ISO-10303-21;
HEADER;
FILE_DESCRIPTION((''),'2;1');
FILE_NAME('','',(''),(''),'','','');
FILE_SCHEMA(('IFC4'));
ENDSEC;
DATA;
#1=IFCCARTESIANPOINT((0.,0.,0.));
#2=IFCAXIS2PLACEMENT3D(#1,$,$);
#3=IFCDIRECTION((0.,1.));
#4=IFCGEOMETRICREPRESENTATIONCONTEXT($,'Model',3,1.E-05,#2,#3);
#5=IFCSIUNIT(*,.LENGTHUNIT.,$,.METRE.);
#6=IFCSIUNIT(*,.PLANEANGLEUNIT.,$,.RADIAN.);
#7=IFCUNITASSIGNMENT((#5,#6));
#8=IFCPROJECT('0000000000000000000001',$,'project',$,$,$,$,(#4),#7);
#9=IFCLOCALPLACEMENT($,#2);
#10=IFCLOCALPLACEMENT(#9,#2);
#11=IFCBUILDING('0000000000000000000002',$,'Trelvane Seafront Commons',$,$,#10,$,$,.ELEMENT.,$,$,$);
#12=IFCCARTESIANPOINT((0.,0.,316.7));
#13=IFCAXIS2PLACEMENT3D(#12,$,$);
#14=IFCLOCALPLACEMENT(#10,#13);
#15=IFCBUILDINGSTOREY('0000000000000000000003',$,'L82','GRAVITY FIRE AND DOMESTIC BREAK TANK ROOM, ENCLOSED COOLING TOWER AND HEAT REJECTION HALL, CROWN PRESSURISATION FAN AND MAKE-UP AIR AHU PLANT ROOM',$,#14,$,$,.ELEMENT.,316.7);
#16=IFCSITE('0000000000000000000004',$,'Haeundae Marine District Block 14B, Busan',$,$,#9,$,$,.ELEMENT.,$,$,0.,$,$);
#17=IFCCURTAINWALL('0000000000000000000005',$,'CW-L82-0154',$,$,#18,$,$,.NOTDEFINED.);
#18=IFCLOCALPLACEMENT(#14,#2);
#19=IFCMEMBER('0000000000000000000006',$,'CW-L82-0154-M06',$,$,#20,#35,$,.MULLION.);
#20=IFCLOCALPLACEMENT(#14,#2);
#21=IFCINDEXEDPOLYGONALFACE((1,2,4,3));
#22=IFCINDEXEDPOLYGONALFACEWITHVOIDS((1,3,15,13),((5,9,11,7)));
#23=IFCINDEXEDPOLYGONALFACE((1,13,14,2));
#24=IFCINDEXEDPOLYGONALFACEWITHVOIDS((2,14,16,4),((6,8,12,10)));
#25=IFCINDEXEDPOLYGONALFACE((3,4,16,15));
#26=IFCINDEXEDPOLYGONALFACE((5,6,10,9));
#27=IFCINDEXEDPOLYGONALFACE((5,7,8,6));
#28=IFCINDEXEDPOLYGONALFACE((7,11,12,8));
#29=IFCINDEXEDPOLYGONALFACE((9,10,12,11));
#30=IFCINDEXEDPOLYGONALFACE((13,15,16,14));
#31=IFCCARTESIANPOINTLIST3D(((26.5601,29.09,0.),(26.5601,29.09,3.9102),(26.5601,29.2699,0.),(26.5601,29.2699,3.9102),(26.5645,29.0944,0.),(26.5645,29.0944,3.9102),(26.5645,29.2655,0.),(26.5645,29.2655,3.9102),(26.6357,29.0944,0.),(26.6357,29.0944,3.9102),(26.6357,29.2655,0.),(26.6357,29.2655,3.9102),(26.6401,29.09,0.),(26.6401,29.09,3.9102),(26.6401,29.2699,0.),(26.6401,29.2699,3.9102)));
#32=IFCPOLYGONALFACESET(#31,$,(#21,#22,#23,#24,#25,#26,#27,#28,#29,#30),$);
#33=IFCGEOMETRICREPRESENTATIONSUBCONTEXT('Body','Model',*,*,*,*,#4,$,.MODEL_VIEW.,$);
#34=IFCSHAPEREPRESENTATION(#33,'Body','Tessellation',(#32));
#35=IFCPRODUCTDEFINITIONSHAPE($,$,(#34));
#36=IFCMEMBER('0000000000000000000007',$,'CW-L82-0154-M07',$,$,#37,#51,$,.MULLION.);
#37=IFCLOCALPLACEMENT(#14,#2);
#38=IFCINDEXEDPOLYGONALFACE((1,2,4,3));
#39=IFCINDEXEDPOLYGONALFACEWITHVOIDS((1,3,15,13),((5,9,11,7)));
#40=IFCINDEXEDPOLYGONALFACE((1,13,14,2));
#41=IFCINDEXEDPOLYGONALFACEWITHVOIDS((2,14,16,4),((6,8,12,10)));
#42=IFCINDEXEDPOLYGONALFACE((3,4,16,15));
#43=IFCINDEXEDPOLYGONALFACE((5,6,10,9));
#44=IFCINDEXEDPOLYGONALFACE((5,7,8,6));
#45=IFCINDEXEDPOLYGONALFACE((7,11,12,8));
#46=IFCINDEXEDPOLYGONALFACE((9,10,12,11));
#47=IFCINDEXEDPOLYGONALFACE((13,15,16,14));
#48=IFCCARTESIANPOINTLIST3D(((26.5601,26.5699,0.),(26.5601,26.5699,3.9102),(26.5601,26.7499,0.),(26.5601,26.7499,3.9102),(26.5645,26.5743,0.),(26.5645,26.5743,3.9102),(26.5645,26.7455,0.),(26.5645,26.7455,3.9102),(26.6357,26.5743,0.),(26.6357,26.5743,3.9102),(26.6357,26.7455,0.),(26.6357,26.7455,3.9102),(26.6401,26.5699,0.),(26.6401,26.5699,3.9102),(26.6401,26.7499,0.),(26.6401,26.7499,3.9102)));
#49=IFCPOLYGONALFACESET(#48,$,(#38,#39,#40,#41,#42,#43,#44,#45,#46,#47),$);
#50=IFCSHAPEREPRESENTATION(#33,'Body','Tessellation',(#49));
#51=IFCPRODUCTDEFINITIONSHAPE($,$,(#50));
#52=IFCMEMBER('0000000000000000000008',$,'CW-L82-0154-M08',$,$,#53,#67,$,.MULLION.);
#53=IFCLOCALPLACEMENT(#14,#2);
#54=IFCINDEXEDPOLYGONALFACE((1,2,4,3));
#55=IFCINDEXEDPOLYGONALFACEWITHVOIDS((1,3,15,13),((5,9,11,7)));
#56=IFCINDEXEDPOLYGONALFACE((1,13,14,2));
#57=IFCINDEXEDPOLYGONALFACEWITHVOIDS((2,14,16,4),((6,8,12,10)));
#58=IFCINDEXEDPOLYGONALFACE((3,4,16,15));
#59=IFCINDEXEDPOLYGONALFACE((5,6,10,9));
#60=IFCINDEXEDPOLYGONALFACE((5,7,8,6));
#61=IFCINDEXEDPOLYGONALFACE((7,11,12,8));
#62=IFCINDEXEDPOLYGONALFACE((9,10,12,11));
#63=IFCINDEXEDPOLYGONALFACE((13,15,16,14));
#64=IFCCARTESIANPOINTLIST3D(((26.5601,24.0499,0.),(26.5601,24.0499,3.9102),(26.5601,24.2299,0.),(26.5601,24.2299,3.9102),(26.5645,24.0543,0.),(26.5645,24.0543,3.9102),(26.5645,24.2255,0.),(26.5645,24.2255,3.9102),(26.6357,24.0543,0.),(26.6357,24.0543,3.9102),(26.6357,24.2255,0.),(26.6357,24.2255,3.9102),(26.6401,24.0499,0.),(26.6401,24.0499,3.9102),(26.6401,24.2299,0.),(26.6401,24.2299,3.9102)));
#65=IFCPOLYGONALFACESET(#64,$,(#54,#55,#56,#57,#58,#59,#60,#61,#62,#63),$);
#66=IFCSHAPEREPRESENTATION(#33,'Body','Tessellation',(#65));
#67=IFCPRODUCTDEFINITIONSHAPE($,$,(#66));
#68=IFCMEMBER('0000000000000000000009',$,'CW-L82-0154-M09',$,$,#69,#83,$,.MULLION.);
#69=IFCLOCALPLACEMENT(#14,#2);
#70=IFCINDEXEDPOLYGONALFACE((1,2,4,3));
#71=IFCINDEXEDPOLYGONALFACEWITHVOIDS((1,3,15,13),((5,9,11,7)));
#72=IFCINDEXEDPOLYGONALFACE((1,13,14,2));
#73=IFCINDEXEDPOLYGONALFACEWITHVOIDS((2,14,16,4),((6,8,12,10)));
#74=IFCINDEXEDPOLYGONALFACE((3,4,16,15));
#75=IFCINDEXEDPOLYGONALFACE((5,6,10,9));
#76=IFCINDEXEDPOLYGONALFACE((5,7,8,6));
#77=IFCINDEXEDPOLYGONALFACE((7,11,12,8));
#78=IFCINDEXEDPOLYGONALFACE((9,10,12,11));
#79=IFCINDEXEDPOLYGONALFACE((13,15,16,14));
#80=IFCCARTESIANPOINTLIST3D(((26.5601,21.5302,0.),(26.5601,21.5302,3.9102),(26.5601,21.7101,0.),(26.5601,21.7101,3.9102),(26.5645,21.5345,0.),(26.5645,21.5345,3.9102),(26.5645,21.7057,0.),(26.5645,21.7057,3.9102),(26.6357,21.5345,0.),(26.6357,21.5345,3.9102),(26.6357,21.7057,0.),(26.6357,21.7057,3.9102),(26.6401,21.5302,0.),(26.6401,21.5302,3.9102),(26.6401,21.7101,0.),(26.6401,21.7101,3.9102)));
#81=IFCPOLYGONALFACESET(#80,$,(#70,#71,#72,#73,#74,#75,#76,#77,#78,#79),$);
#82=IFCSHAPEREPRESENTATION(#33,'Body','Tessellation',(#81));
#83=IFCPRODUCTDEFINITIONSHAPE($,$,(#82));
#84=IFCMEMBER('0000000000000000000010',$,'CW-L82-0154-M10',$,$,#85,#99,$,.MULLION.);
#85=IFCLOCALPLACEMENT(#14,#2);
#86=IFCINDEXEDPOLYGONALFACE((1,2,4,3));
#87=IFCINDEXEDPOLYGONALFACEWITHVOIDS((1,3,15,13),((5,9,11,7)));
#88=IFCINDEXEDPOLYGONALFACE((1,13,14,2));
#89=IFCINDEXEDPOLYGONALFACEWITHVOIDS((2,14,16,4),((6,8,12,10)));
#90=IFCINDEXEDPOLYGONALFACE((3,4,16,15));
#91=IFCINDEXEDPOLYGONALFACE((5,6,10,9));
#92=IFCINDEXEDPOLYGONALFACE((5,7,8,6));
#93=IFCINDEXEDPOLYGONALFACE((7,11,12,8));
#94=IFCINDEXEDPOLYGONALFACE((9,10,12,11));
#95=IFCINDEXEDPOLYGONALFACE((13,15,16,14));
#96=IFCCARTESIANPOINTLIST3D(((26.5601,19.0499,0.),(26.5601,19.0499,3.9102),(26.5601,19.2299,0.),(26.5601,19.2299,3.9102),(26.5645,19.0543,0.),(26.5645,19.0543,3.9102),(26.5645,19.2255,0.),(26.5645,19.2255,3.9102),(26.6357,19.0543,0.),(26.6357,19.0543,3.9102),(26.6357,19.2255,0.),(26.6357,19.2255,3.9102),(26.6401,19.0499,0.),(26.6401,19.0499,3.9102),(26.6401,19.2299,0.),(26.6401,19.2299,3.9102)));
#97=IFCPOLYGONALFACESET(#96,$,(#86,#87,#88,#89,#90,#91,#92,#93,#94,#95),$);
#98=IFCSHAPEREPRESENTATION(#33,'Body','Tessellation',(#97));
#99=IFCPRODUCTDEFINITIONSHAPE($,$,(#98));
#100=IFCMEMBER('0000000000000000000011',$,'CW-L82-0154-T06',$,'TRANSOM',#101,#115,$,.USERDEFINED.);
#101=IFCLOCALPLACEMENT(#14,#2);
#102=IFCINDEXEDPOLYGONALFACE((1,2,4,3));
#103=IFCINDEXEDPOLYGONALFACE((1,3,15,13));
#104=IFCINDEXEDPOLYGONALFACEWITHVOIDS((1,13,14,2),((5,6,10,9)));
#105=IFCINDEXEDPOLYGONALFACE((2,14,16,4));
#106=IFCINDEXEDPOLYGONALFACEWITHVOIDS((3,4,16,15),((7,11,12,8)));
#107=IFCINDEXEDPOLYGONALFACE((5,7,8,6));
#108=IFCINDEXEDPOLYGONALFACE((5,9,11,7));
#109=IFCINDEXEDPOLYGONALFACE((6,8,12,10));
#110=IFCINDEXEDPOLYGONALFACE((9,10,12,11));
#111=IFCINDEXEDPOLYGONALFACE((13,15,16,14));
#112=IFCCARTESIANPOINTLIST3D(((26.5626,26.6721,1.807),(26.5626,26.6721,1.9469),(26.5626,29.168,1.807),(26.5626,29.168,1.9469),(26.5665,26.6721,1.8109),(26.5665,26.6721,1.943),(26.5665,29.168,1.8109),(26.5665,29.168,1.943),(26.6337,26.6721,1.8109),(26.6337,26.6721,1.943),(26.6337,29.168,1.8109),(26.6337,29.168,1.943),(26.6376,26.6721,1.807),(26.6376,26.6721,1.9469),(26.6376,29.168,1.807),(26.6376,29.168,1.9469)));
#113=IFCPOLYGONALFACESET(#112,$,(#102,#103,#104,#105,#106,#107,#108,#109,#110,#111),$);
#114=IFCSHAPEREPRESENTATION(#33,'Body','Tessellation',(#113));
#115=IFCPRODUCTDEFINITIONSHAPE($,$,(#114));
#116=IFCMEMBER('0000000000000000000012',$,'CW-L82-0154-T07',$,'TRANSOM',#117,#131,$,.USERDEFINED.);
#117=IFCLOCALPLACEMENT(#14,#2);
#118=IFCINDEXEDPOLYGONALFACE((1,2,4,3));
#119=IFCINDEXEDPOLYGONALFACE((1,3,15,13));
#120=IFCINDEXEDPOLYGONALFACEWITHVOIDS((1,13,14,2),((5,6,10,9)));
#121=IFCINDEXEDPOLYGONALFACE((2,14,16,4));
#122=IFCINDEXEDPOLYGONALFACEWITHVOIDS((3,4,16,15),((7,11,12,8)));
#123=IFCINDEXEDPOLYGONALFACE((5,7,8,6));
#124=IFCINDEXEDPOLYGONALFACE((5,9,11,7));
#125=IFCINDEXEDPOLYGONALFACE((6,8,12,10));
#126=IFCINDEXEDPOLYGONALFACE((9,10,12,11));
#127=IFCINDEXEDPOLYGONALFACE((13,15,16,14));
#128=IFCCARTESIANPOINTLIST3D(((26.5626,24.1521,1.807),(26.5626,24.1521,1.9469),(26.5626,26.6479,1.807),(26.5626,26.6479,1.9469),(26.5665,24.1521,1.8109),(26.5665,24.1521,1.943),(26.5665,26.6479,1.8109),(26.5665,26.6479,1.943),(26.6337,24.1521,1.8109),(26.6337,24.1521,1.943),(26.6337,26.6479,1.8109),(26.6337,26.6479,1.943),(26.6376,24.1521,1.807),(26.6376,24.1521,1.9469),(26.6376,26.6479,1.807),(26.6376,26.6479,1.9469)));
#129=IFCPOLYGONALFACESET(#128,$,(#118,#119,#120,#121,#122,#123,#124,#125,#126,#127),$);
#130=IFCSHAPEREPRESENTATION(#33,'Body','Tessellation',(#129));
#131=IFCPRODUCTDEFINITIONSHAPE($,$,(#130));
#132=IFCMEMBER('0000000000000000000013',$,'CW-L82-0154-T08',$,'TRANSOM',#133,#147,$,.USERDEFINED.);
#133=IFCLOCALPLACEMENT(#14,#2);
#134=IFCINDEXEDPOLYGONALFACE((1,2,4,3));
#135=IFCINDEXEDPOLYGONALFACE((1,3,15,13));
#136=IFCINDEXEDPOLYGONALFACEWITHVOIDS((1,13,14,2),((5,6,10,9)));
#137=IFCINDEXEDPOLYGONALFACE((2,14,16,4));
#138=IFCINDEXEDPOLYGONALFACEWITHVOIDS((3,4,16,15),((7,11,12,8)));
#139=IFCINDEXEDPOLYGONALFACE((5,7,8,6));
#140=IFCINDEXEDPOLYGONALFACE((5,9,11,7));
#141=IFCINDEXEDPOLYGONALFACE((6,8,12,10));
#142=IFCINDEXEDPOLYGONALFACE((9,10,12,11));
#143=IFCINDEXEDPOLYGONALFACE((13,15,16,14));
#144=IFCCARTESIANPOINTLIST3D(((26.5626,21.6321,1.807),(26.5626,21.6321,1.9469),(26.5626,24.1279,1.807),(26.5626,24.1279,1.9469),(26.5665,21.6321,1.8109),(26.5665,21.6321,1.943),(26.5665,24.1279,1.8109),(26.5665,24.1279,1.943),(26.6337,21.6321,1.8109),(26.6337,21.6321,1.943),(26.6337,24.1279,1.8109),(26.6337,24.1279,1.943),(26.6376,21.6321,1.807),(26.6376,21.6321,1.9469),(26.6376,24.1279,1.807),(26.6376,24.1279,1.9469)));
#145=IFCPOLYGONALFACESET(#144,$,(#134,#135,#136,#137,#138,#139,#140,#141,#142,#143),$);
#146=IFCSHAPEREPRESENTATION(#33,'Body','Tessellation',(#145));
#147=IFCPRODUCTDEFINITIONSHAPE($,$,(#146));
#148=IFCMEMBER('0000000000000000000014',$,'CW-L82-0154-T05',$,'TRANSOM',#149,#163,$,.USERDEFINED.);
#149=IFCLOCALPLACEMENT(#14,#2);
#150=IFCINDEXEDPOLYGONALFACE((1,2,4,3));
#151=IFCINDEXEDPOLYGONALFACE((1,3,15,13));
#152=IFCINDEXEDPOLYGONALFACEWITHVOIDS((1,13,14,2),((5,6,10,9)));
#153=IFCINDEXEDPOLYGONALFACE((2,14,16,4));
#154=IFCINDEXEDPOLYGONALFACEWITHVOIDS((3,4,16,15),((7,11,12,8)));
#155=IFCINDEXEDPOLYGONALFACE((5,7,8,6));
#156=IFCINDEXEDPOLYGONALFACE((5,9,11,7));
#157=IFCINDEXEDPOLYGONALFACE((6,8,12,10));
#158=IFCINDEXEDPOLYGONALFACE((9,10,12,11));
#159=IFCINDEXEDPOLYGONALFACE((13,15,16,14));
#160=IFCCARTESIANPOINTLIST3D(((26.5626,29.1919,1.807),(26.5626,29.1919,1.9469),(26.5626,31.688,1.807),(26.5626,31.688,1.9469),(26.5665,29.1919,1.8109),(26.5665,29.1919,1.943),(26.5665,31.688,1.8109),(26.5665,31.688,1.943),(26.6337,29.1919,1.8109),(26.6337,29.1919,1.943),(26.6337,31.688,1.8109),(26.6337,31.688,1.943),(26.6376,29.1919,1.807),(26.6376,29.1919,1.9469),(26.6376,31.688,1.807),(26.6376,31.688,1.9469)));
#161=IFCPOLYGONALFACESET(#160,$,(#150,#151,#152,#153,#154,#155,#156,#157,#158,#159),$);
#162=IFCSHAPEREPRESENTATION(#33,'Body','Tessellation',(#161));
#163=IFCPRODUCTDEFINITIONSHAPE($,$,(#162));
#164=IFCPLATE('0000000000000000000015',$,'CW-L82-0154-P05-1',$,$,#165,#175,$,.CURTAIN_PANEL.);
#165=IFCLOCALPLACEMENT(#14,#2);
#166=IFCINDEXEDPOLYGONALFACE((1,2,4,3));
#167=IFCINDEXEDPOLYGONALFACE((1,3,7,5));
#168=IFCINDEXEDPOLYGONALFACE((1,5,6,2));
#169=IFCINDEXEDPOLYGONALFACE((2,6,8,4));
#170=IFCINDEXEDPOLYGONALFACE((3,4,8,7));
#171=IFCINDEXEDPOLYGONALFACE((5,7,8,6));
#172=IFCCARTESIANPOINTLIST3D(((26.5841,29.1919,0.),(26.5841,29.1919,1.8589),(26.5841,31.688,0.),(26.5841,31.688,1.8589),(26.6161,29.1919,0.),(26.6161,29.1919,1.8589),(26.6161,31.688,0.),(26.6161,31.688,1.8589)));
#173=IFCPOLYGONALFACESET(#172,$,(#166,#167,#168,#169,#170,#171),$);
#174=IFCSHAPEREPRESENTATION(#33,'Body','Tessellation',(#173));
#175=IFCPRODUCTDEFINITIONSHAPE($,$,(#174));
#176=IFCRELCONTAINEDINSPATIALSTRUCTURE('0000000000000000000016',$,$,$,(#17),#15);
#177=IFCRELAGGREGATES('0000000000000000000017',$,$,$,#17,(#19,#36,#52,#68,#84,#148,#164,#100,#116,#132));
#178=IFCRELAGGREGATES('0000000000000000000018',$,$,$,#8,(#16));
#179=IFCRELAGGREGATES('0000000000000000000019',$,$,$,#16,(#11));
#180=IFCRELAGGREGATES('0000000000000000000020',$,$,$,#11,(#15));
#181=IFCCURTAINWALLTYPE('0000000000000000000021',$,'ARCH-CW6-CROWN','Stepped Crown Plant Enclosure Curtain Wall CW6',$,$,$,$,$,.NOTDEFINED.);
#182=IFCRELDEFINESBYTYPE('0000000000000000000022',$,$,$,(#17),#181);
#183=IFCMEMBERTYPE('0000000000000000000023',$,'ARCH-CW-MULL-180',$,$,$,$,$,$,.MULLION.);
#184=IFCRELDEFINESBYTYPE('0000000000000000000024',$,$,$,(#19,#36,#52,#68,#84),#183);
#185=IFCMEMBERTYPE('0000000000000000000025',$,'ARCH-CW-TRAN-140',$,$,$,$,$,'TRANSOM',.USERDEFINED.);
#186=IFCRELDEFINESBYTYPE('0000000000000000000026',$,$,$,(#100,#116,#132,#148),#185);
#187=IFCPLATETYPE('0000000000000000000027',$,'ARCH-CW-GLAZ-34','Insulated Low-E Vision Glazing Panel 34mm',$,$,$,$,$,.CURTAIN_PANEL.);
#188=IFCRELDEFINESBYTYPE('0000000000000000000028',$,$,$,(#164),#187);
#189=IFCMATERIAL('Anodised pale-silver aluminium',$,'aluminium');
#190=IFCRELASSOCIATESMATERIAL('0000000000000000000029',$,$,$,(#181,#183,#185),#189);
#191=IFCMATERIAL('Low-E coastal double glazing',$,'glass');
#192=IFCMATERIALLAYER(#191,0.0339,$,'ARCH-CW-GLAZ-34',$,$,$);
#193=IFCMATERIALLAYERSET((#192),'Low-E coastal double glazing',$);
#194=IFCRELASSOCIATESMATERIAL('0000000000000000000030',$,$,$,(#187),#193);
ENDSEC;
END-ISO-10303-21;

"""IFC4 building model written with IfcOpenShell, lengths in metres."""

from ifc_helpers import new_model, si_unit, direction, frame, origin, origin_2d, place, context, subcontext, project, spatial, rectangle, hollow_rectangle, extrude, source, transform, mapped, material, layer, layer_set, material_profile, profile_set, type_object, element, aggregate, save


model = new_model("IFC4")

# Units and contexts
model_context = context("Model", 3, precision=1e-05, world=origin(), true_north=direction((0.0, 1.0)))
body_context = subcontext(model_context, "Body", "Model", "MODEL_VIEW")
ifc_project = project(units=[si_unit("LENGTHUNIT", "METRE"), si_unit("PLANEANGLEUNIT", "RADIAN")], contexts=[model_context])

# Site, building, storey
site_placement = place(None, origin())
site = spatial("IfcSite", under=ifc_project, at=site_placement, Name="Haeundae Marine District Block 14B, Busan", CompositionType="ELEMENT", RefElevation=0.0)
building_placement = place(site_placement, origin())
building = spatial("IfcBuilding", under=site, at=building_placement, Name="Trelvane Seafront Commons", CompositionType="ELEMENT")
storey_placement = place(building_placement, frame((0.0, 0.0, 316.7)))
storey = spatial("IfcBuildingStorey", under=building, at=storey_placement, Name="L82", Description="GRAVITY FIRE AND DOMESTIC BREAK TANK ROOM, ENCLOSED COOLING TOWER AND HEAT REJECTION HALL, CROWN PRESSURISATION FAN AND MAKE-UP AIR AHU PLANT ROOM", CompositionType="ELEMENT", Elevation=316.7)

# Curtain wall, members, plate
ifc_material_1 = material(Name="Anodised pale-silver aluminium", Category="aluminium")
curtain_wall_type = type_object("IfcCurtainWallType", Name="ARCH-CW6-CROWN", Description="Stepped Crown Plant Enclosure Curtain Wall CW6", PredefinedType="NOTDEFINED", material=ifc_material_1)
curtain_wall_placement = place(storey_placement, origin())
curtain_wall = element("IfcCurtainWall", 1, at=curtain_wall_placement, inside=storey, type_object=curtain_wall_type, Name="CW-L82-0154", PredefinedType="NOTDEFINED")
ifc_material_profile_1 = material_profile(ifc_material_1, hollow_rectangle(XDim=0.0801, YDim=0.1799, WallThickness=0.0044, at=origin_2d()), Name="MULL-80x180x4.5")
ifc_profile_set_1 = profile_set([ifc_material_profile_1], Name="Anodised pale-silver aluminium")
member_type_1 = type_object("IfcMemberType", Name="ARCH-CW-MULL-180", PredefinedType="MULLION", material=ifc_profile_set_1)
shared_shape_1 = source(origin(), body_context, "Body", "SweptSolid", [
    extrude(hollow_rectangle(XDim=0.0801, YDim=0.1799, WallThickness=0.0044, at=origin_2d()), origin(), (0.0, 0.0, 1.0), 3.9102),
])
member_1_placement = place(storey_placement, frame((26.6001, 29.1799, 0.0), z_axis=(0.0, 0.0, 1.0), x_axis=(1.0, 0.0, 0.0)))
member_1 = element("IfcMember", 2, at=member_1_placement, type_object=member_type_1, Name="CW-L82-0154-M06", PredefinedType="MULLION", context=body_context, shape_type="MappedRepresentation", body=[
    mapped(shared_shape_1, transform((0.0, 0.0, 0.0), x_axis=(1.0, 0.0, 0.0), y_axis=(0.0, 1.0, 0.0), z_axis=(0.0, 0.0, 1.0), scale=1.0)),
])
member_2_placement = place(storey_placement, frame((26.6001, 26.6599, 0.0), z_axis=(0.0, 0.0, 1.0), x_axis=(1.0, 0.0, 0.0)))
member_2 = element("IfcMember", 3, at=member_2_placement, type_object=member_type_1, Name="CW-L82-0154-M07", PredefinedType="MULLION", context=body_context, shape_type="MappedRepresentation", body=[
    mapped(shared_shape_1, transform((0.0, 0.0, 0.0), x_axis=(1.0, 0.0, 0.0), y_axis=(0.0, 1.0, 0.0), z_axis=(0.0, 0.0, 1.0), scale=1.0)),
])
member_3_placement = place(storey_placement, frame((26.6001, 24.1399, 0.0), z_axis=(0.0, 0.0, 1.0), x_axis=(1.0, 0.0, 0.0)))
member_3 = element("IfcMember", 4, at=member_3_placement, type_object=member_type_1, Name="CW-L82-0154-M08", PredefinedType="MULLION", context=body_context, shape_type="MappedRepresentation", body=[
    mapped(shared_shape_1, transform((0.0, 0.0, 0.0), x_axis=(1.0, 0.0, 0.0), y_axis=(0.0, 1.0, 0.0), z_axis=(0.0, 0.0, 1.0), scale=1.0)),
])
member_4_placement = place(storey_placement, frame((26.6001, 21.6201, 0.0), z_axis=(0.0, 0.0, 1.0), x_axis=(1.0, 0.0, 0.0)))
member_4 = element("IfcMember", 5, at=member_4_placement, type_object=member_type_1, Name="CW-L82-0154-M09", PredefinedType="MULLION", context=body_context, shape_type="MappedRepresentation", body=[
    mapped(shared_shape_1, transform((0.0, 0.0, 0.0), x_axis=(1.0, 0.0, 0.0), y_axis=(0.0, 1.0, 0.0), z_axis=(0.0, 0.0, 1.0), scale=1.0)),
])
member_5_placement = place(storey_placement, frame((26.6001, 19.1399, 0.0), z_axis=(0.0, 0.0, 1.0), x_axis=(1.0, 0.0, 0.0)))
member_5 = element("IfcMember", 6, at=member_5_placement, type_object=member_type_1, Name="CW-L82-0154-M10", PredefinedType="MULLION", context=body_context, shape_type="MappedRepresentation", body=[
    mapped(shared_shape_1, transform((0.0, 0.0, 0.0), x_axis=(1.0, 0.0, 0.0), y_axis=(0.0, 1.0, 0.0), z_axis=(0.0, 0.0, 1.0), scale=1.0)),
])
ifc_material_profile_2 = material_profile(ifc_material_1, hollow_rectangle(XDim=0.075, YDim=0.1399, WallThickness=0.0039, at=origin_2d()), Name="TRAN-75x140x4")
ifc_profile_set_2 = profile_set([ifc_material_profile_2], Name="Anodised pale-silver aluminium")
member_type_2 = type_object("IfcMemberType", Name="ARCH-CW-TRAN-140", ElementType="TRANSOM", PredefinedType="USERDEFINED", material=ifc_profile_set_2)
shared_shape_2 = source(origin(), body_context, "Body", "SweptSolid", [
    extrude(hollow_rectangle(XDim=0.075, YDim=0.1399, WallThickness=0.0039, at=origin_2d()), origin(), (0.0, 0.0, 1.0), 2.4958),
])
member_6_placement = place(storey_placement, frame((26.6001, 29.168, 1.877), z_axis=(0.0, -1.0, 0.0), x_axis=(1.0, 0.0, 0.0)))
member_6 = element("IfcMember", 7, at=member_6_placement, type_object=member_type_2, Name="CW-L82-0154-T06", ObjectType="TRANSOM", PredefinedType="USERDEFINED", context=body_context, shape_type="MappedRepresentation", body=[
    mapped(shared_shape_2, transform((0.0, 0.0, 0.0), x_axis=(1.0, 0.0, 0.0), y_axis=(0.0, 1.0, 0.0), z_axis=(0.0, 0.0, 1.0), scale=1.0)),
])
member_7_placement = place(storey_placement, frame((26.6001, 26.6479, 1.877), z_axis=(0.0, -1.0, 0.0), x_axis=(1.0, 0.0, 0.0)))
member_7 = element("IfcMember", 8, at=member_7_placement, type_object=member_type_2, Name="CW-L82-0154-T07", ObjectType="TRANSOM", PredefinedType="USERDEFINED", context=body_context, shape_type="MappedRepresentation", body=[
    mapped(shared_shape_2, transform((0.0, 0.0, 0.0), x_axis=(1.0, 0.0, 0.0), y_axis=(0.0, 1.0, 0.0), z_axis=(0.0, 0.0, 1.0), scale=1.0)),
])
member_8_placement = place(storey_placement, frame((26.6001, 24.1279, 1.877), z_axis=(0.0, -1.0, 0.0), x_axis=(1.0, 0.0, 0.0)))
member_8 = element("IfcMember", 9, at=member_8_placement, type_object=member_type_2, Name="CW-L82-0154-T08", ObjectType="TRANSOM", PredefinedType="USERDEFINED", context=body_context, shape_type="MappedRepresentation", body=[
    mapped(shared_shape_2, transform((0.0, 0.0, 0.0), x_axis=(1.0, 0.0, 0.0), y_axis=(0.0, 1.0, 0.0), z_axis=(0.0, 0.0, 1.0), scale=1.0)),
])
shared_shape_3 = source(origin(), body_context, "Body", "SweptSolid", [
    extrude(hollow_rectangle(XDim=0.075, YDim=0.1399, WallThickness=0.0039, at=origin_2d()), origin(), (0.0, 0.0, 1.0), 2.4961),
])
member_9_placement = place(storey_placement, frame((26.6001, 31.688, 1.877), z_axis=(0.0, -1.0, 0.0), x_axis=(1.0, 0.0, 0.0)))
member_9 = element("IfcMember", 10, at=member_9_placement, type_object=member_type_2, Name="CW-L82-0154-T05", ObjectType="TRANSOM", PredefinedType="USERDEFINED", context=body_context, shape_type="MappedRepresentation", body=[
    mapped(shared_shape_3, transform((0.0, 0.0, 0.0), x_axis=(1.0, 0.0, 0.0), y_axis=(0.0, 1.0, 0.0), z_axis=(0.0, 0.0, 1.0), scale=1.0)),
])
ifc_material_2 = material(Name="Low-E coastal double glazing", Category="glass")
ifc_layer_1 = layer(ifc_material_2, 0.0339, Name="ARCH-CW-GLAZ-34")
ifc_layer_set_1 = layer_set([ifc_layer_1], Name="Low-E coastal double glazing")
plate_type = type_object("IfcPlateType", Name="ARCH-CW-GLAZ-34", Description="Insulated Low-E Vision Glazing Panel 34mm", PredefinedType="CURTAIN_PANEL", material=ifc_layer_set_1)
shared_shape_4 = source(origin(), body_context, "Body", "SweptSolid", [
    extrude(rectangle(XDim=2.4961, YDim=0.032, at=origin_2d()), origin(), (0.0, 0.0, 1.0), 1.8589),
])
plate_1_placement = place(storey_placement, frame((26.6001, 30.4399, 0.0), z_axis=(0.0, 0.0, 1.0), x_axis=(0.0, -1.0, 0.0)))
plate_1 = element("IfcPlate", 11, at=plate_1_placement, type_object=plate_type, Name="CW-L82-0154-P05-1", PredefinedType="CURTAIN_PANEL", context=body_context, shape_type="MappedRepresentation", body=[
    mapped(shared_shape_4, transform((0.0, 0.0, 0.0), x_axis=(1.0, 0.0, 0.0), y_axis=(0.0, 1.0, 0.0), z_axis=(0.0, 0.0, 1.0), scale=1.0)),
])
aggregate(curtain_wall, [member_1, member_2, member_3, member_4, member_5, member_9, plate_1, member_6, member_7, member_8])

save(model, "model.ifc")
